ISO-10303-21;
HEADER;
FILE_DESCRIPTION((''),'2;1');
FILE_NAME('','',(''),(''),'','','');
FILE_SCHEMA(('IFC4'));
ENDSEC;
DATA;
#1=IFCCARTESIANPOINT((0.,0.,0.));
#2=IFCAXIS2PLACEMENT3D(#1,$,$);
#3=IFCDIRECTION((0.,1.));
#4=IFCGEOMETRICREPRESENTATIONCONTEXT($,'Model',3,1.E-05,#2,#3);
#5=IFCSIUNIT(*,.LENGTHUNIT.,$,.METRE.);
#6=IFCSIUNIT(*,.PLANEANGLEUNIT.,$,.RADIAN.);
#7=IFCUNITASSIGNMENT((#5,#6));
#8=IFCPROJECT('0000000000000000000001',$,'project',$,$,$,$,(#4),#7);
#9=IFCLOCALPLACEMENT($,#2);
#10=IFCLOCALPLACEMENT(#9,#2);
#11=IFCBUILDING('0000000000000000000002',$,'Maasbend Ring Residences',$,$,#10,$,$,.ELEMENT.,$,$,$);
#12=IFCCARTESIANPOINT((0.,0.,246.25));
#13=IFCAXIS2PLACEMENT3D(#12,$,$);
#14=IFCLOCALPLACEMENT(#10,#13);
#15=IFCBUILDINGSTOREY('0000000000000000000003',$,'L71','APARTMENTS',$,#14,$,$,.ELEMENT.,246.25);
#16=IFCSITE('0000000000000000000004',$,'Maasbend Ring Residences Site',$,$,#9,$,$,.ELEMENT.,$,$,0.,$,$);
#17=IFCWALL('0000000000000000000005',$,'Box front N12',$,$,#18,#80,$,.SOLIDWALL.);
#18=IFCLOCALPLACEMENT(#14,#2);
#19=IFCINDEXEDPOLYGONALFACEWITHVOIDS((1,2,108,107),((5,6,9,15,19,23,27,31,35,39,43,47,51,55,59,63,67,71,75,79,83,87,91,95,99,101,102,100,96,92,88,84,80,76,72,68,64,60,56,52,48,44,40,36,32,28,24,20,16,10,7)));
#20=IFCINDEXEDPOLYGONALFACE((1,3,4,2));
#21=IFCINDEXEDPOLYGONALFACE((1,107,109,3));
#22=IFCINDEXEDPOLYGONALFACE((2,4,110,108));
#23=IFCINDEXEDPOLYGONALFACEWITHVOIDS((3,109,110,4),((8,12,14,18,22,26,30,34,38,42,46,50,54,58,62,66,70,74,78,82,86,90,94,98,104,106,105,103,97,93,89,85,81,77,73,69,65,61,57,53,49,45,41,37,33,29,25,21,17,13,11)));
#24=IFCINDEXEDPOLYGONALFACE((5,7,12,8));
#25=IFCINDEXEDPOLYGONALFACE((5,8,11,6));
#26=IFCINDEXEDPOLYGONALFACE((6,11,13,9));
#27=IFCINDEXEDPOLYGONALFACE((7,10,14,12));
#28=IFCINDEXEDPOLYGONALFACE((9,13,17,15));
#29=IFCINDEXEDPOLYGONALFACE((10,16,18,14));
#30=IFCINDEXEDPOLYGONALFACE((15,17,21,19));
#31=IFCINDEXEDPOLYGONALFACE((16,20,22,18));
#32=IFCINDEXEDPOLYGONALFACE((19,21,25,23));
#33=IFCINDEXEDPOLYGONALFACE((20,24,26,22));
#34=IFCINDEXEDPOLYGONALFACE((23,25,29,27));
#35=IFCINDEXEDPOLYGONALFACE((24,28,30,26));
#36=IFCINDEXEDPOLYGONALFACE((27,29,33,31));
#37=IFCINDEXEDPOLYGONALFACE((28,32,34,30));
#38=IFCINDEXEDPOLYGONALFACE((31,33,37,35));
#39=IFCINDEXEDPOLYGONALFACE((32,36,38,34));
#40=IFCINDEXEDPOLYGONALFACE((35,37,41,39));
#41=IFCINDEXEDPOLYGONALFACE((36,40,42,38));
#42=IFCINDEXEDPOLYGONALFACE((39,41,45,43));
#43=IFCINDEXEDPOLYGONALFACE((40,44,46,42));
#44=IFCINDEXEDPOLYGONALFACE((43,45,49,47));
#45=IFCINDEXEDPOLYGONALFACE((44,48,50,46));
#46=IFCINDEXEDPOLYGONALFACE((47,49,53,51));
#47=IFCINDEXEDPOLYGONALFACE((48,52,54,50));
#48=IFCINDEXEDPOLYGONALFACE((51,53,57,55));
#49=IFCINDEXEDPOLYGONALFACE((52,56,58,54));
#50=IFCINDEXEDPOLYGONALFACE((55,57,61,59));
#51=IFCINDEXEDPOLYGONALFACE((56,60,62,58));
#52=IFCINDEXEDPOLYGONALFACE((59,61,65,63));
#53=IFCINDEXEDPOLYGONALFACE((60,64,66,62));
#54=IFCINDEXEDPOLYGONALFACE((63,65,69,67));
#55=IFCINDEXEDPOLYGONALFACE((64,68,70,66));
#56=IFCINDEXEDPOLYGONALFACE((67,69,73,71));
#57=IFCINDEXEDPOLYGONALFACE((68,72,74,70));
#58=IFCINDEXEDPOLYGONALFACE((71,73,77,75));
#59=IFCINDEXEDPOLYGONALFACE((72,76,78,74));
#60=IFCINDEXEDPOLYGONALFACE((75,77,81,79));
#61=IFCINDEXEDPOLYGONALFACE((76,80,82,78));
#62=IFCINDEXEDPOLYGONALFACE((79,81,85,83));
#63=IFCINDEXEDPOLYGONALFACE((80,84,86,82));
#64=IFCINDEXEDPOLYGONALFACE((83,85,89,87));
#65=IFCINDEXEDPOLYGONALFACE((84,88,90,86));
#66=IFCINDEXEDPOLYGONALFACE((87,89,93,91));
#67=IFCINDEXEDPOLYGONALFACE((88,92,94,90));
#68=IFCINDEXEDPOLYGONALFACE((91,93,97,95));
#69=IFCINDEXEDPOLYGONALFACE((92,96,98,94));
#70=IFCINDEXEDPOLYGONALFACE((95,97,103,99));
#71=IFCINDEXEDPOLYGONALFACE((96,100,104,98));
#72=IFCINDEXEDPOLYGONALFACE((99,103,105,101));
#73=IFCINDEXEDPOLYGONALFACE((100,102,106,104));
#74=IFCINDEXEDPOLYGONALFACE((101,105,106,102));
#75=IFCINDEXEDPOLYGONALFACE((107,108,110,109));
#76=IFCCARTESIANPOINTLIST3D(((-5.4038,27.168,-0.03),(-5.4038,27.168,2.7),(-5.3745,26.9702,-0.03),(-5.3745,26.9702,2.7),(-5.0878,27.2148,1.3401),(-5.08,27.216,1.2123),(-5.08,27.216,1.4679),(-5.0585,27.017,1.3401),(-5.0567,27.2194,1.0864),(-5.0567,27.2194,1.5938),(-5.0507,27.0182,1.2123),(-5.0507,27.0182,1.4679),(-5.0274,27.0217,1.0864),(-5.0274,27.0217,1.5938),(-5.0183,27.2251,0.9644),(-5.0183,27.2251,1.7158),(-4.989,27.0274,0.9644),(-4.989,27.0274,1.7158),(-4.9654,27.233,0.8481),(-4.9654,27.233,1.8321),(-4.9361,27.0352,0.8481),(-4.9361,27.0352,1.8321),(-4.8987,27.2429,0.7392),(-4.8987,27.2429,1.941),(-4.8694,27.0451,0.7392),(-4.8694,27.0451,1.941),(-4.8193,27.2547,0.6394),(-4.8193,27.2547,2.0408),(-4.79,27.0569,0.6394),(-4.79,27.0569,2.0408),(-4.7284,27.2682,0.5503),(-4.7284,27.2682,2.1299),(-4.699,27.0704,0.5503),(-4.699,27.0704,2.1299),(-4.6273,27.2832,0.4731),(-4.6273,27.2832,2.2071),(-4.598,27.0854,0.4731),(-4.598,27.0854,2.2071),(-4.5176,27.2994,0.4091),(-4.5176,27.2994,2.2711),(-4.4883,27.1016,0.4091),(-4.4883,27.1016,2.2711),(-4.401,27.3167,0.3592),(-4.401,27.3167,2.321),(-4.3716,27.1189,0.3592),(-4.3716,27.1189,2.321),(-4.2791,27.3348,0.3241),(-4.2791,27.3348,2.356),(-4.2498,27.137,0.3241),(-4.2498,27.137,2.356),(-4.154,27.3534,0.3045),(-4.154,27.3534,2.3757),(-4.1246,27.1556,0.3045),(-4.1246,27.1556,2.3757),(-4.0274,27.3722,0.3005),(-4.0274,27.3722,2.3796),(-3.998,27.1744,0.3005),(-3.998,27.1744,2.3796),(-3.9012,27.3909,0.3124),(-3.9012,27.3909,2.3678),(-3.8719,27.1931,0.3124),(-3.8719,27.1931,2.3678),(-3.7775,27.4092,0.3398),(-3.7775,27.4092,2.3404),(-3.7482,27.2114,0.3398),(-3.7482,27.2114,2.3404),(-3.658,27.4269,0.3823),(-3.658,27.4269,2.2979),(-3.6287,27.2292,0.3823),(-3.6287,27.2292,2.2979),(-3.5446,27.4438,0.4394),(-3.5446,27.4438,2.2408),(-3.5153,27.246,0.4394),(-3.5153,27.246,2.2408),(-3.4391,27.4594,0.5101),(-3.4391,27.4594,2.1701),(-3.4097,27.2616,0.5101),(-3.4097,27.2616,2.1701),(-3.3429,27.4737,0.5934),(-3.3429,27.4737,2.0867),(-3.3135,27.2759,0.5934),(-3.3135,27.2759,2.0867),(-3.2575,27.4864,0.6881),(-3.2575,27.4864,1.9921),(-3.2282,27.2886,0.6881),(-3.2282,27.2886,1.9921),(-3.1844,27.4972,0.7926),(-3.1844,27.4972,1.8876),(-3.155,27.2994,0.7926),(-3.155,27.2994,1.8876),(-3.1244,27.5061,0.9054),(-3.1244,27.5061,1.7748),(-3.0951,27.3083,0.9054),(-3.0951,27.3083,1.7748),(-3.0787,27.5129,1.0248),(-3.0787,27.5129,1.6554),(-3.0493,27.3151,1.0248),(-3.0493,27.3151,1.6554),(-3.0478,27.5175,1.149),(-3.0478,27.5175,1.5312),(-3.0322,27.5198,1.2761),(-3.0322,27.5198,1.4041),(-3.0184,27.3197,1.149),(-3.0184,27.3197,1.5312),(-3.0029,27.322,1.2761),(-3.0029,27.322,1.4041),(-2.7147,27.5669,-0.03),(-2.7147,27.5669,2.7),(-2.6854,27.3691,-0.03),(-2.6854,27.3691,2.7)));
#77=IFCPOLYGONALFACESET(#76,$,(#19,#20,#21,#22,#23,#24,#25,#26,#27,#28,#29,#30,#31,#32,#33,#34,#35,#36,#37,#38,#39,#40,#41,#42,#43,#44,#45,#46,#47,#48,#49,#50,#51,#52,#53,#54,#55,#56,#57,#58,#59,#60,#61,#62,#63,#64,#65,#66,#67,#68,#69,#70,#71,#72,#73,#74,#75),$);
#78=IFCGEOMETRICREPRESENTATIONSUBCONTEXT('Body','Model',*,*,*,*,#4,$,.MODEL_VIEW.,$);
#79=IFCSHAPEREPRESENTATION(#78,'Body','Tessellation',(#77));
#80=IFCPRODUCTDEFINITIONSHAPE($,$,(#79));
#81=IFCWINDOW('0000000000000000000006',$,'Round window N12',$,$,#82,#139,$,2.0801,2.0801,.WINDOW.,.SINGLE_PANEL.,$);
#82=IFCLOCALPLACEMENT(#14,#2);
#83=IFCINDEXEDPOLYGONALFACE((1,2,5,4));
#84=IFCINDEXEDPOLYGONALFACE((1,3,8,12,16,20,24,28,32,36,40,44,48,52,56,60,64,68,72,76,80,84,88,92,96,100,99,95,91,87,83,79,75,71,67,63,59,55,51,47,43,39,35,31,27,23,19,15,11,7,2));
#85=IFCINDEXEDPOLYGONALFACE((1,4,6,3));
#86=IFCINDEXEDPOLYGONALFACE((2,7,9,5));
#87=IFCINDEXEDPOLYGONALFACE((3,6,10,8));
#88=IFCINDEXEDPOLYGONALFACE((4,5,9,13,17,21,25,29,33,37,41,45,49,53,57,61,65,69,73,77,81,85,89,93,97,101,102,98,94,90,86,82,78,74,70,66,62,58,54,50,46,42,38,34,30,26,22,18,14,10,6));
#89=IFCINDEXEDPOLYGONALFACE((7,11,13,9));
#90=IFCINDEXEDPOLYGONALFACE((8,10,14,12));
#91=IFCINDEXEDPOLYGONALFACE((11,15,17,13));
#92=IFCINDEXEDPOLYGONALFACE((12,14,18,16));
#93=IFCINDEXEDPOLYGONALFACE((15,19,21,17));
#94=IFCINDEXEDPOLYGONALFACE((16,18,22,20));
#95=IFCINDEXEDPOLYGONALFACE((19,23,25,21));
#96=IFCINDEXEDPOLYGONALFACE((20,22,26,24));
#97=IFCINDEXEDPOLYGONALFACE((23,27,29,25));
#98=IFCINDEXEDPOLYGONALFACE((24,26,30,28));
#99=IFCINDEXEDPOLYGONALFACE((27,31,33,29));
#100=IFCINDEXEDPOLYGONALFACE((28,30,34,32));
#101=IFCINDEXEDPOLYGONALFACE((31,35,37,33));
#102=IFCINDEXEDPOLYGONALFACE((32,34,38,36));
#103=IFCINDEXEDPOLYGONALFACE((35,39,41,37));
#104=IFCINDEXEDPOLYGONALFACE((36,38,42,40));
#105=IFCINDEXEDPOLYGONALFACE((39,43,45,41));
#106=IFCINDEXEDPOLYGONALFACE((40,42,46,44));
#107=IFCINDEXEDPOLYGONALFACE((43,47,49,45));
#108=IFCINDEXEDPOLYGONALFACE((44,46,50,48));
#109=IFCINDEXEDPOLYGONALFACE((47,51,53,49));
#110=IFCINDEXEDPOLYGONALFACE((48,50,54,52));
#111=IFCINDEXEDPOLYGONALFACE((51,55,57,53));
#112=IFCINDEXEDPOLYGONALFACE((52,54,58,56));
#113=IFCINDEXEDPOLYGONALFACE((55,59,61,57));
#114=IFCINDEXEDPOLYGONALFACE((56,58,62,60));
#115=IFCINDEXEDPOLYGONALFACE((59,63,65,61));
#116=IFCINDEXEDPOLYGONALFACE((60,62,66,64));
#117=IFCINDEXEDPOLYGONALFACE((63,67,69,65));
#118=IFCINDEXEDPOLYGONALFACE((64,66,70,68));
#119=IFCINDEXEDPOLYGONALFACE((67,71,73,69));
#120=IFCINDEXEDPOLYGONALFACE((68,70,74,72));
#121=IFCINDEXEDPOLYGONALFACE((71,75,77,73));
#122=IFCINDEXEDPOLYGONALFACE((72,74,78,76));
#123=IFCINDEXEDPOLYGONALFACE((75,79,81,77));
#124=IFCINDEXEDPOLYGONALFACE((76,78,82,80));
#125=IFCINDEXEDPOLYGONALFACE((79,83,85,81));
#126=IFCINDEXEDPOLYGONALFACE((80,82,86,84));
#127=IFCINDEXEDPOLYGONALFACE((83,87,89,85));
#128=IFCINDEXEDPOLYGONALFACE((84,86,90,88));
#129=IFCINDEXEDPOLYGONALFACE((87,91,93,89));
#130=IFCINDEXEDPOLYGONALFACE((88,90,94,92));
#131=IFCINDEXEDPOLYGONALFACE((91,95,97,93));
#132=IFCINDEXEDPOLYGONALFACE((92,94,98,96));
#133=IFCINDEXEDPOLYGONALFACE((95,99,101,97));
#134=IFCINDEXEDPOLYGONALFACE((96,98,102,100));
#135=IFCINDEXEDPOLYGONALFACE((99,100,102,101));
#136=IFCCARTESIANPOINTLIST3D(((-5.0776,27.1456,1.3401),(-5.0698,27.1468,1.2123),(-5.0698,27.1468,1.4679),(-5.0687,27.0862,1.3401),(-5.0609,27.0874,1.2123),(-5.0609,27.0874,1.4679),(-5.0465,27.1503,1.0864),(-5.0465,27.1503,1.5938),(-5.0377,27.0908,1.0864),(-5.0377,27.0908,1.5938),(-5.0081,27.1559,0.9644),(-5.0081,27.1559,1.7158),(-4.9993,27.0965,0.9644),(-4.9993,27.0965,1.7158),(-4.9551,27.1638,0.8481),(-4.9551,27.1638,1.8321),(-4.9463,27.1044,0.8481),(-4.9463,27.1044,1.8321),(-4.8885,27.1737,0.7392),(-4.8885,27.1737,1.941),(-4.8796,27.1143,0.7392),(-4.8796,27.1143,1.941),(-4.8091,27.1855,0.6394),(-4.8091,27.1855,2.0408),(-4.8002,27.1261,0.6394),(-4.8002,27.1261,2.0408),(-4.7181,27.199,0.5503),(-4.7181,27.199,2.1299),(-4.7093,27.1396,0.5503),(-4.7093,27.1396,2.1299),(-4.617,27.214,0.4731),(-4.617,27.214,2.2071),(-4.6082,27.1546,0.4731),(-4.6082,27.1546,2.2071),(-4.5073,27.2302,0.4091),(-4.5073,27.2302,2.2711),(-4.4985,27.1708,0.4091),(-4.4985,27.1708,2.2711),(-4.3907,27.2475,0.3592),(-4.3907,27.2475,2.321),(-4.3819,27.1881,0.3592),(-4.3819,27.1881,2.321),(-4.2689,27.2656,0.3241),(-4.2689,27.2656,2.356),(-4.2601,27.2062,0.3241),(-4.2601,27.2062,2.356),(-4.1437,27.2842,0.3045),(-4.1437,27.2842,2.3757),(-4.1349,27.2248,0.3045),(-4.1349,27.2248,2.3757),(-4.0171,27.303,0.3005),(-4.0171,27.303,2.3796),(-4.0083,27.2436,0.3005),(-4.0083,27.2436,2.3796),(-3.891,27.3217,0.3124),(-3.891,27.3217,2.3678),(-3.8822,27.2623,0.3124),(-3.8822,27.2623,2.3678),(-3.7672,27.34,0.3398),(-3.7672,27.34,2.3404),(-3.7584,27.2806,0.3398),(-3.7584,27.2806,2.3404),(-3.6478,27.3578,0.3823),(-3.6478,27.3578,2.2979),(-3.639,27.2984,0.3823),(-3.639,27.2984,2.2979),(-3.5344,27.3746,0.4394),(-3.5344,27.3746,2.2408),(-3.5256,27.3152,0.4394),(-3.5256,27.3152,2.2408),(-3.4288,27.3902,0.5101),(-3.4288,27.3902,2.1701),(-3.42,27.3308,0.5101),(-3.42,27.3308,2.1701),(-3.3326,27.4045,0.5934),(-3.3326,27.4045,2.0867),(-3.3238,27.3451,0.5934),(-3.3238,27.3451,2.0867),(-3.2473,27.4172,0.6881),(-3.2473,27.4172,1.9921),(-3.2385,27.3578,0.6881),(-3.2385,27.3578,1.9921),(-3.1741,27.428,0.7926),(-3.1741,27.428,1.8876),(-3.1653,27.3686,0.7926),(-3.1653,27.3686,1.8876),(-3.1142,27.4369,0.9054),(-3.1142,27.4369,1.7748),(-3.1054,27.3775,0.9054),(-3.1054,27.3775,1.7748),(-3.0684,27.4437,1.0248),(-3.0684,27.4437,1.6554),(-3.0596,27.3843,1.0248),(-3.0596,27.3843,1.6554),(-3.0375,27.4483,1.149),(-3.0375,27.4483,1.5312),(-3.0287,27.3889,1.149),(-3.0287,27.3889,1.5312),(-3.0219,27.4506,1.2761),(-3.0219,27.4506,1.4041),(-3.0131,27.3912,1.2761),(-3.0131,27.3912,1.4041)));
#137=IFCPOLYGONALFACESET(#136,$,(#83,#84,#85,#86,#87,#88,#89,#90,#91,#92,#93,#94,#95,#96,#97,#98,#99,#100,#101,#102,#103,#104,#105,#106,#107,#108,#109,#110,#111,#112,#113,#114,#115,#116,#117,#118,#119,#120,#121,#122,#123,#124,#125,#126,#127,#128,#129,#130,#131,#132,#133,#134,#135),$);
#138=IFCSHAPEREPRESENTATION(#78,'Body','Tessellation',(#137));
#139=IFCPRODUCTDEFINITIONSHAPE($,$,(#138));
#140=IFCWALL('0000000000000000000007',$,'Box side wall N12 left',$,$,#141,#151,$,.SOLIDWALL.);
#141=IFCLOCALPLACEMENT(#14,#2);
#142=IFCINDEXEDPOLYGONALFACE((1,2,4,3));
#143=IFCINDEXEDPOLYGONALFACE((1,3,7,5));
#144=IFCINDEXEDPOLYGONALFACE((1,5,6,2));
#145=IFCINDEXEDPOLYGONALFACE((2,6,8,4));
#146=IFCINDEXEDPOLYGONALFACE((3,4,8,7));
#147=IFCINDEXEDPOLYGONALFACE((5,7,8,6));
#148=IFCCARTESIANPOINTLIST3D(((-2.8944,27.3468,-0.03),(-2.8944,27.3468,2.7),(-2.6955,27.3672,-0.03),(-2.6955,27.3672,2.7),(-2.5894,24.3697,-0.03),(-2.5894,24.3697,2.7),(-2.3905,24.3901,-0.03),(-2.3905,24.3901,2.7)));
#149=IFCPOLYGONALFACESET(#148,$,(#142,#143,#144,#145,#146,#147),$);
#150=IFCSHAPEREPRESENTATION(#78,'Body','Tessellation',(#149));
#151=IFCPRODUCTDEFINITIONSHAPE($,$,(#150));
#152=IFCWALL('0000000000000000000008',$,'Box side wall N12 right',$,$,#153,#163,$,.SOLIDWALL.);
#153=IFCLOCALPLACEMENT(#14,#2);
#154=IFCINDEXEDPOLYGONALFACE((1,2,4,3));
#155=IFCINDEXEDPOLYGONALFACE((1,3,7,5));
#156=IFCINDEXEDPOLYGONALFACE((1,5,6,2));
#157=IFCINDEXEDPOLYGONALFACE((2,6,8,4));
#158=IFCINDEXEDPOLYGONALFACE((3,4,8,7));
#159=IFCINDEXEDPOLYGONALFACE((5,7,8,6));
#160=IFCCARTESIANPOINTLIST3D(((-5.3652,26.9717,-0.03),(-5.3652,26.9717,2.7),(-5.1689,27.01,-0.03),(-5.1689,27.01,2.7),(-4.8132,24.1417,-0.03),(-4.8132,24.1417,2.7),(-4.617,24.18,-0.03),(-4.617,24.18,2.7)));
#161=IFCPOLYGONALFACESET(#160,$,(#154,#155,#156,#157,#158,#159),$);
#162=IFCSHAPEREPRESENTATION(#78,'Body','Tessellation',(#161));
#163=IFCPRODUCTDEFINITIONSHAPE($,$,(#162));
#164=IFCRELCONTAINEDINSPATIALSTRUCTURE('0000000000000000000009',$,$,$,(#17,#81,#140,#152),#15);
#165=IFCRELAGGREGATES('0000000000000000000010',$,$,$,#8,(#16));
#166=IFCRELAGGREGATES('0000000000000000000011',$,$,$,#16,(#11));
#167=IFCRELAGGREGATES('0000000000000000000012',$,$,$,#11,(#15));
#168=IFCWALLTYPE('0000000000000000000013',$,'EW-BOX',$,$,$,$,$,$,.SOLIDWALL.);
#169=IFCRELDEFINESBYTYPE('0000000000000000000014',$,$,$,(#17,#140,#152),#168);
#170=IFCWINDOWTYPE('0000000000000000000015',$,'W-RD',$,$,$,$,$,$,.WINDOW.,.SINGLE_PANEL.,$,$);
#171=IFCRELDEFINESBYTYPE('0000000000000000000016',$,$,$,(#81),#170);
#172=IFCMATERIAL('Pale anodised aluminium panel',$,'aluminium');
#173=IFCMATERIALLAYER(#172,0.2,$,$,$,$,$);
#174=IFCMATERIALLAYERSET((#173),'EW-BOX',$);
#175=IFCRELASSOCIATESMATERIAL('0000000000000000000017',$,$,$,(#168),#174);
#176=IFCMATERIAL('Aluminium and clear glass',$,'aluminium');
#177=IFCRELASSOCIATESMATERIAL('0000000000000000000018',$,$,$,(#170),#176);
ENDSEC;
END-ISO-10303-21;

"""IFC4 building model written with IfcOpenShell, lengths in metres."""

from ifc_helpers import new_model, si_unit, direction, frame, frame_2d, origin, place, context, subcontext, project, spatial, rectangle, circle, extrude, material, layer, layer_set, type_object, element, fill, save


model = new_model("IFC4")

# Units and contexts
model_context = context("Model", 3, precision=1e-05, world=origin(), true_north=direction((0.0, 1.0)))
body_context = subcontext(model_context, "Body", "Model", "MODEL_VIEW")
ifc_project = project(units=[si_unit("LENGTHUNIT", "METRE"), si_unit("PLANEANGLEUNIT", "RADIAN")], contexts=[model_context])

# Site, building, storey
site_placement = place(None, origin())
site = spatial("IfcSite", under=ifc_project, at=site_placement, Name="Maasbend Ring Residences Site", CompositionType="ELEMENT", RefElevation=0.0)
building_placement = place(site_placement, origin())
building = spatial("IfcBuilding", under=site, at=building_placement, Name="Maasbend Ring Residences", CompositionType="ELEMENT")
storey_placement = place(building_placement, frame((0.0, 0.0, 246.25)))
storey = spatial("IfcBuildingStorey", under=building, at=storey_placement, Name="L71", Description="APARTMENTS", CompositionType="ELEMENT", Elevation=246.25)

# Wall, opening, window
ifc_material_1 = material(Name="Pale anodised aluminium panel", Category="aluminium")
ifc_layer_1 = layer(ifc_material_1, 0.2)
ifc_layer_set_1 = layer_set([ifc_layer_1], Name="EW-BOX")
wall_type_1 = type_object("IfcWallType", Name="EW-BOX", PredefinedType="SOLIDWALL", material=ifc_layer_set_1)
wall_1_placement = place(storey_placement, frame((-2.7, 27.468, -0.03), z_axis=(0.0, 0.0, 1.0), x_axis=(-0.989174, -0.14675, 0.0)))
wall_1 = element("IfcWall", 1, at=wall_1_placement, inside=storey, type_object=wall_type_1, Name="Box front N12", PredefinedType="SOLIDWALL", context=body_context, shape_type="SweptSolid", body=[
    extrude(rectangle(XDim=2.7185, YDim=0.2, at=frame_2d((1.3594, 0.0))), origin(), (0.0, 0.0, 1.0), 2.73),
])
opening_1_placement = place(wall_1_placement, frame((0.3191, 0.0, 0.3301)))
opening_1 = element("IfcOpeningElement", 2, at=opening_1_placement, cuts=wall_1, PredefinedType="OPENING", context=body_context, shape_type="SweptSolid", body=[
    extrude(circle(Radius=1.04, at=frame_2d((1.04, 1.04))), frame((0.0, 0.1099, 0.0), z_axis=(0.0, -1.0, 0.0), x_axis=(1.0, 0.0, 0.0)), (0.0, 0.0, 1.0), 0.22),
])
ifc_material_2 = material(Name="Aluminium and clear glass", Category="aluminium")
window_type_1 = type_object("IfcWindowType", Name="W-RD", PartitioningType="SINGLE_PANEL", PredefinedType="WINDOW", material=ifc_material_2)
window_1_placement = place(opening_1_placement, origin())
window_1 = element("IfcWindow", 3, at=window_1_placement, inside=storey, type_object=window_type_1, Name="Round window N12", OverallHeight=2.0801, OverallWidth=2.0801, PartitioningType="SINGLE_PANEL", PredefinedType="WINDOW", context=body_context, shape_type="SweptSolid", body=[
    extrude(circle(Radius=1.04, at=frame_2d((1.04, 1.04))), frame((0.0, 0.03, 0.0), z_axis=(0.0, -1.0, 0.0), x_axis=(1.0, 0.0, 0.0)), (0.0, 0.0, 1.0), 0.0601),
])
fill(opening_1, window_1)

# Walls
wall_2_placement = place(storey_placement, frame((-2.49, 24.3799, -0.03), z_axis=(0.0, 0.0, 1.0), x_axis=(-0.101894, 0.994795, 0.0)))
element("IfcWall", 4, at=wall_2_placement, inside=storey, type_object=wall_type_1, Name="Box side wall N12 left", PredefinedType="SOLIDWALL", context=body_context, shape_type="SweptSolid", body=[
    extrude(rectangle(XDim=2.9927, YDim=0.2, at=frame_2d((1.4963, 0.0))), origin(), (0.0, 0.0, 1.0), 2.73),
])
wall_3_placement = place(storey_placement, frame((-4.7151, 24.1609, -0.03), z_axis=(0.0, 0.0, 1.0), x_axis=(-0.191441, 0.981504, 0.0)))
element("IfcWall", 5, at=wall_3_placement, inside=storey, type_object=wall_type_1, Name="Box side wall N12 right", PredefinedType="SOLIDWALL", context=body_context, shape_type="SweptSolid", body=[
    extrude(rectangle(XDim=2.8833, YDim=0.2, at=frame_2d((1.4417, 0.0))), origin(), (0.0, 0.0, 1.0), 2.73),
])

save(model, "model.ifc")
